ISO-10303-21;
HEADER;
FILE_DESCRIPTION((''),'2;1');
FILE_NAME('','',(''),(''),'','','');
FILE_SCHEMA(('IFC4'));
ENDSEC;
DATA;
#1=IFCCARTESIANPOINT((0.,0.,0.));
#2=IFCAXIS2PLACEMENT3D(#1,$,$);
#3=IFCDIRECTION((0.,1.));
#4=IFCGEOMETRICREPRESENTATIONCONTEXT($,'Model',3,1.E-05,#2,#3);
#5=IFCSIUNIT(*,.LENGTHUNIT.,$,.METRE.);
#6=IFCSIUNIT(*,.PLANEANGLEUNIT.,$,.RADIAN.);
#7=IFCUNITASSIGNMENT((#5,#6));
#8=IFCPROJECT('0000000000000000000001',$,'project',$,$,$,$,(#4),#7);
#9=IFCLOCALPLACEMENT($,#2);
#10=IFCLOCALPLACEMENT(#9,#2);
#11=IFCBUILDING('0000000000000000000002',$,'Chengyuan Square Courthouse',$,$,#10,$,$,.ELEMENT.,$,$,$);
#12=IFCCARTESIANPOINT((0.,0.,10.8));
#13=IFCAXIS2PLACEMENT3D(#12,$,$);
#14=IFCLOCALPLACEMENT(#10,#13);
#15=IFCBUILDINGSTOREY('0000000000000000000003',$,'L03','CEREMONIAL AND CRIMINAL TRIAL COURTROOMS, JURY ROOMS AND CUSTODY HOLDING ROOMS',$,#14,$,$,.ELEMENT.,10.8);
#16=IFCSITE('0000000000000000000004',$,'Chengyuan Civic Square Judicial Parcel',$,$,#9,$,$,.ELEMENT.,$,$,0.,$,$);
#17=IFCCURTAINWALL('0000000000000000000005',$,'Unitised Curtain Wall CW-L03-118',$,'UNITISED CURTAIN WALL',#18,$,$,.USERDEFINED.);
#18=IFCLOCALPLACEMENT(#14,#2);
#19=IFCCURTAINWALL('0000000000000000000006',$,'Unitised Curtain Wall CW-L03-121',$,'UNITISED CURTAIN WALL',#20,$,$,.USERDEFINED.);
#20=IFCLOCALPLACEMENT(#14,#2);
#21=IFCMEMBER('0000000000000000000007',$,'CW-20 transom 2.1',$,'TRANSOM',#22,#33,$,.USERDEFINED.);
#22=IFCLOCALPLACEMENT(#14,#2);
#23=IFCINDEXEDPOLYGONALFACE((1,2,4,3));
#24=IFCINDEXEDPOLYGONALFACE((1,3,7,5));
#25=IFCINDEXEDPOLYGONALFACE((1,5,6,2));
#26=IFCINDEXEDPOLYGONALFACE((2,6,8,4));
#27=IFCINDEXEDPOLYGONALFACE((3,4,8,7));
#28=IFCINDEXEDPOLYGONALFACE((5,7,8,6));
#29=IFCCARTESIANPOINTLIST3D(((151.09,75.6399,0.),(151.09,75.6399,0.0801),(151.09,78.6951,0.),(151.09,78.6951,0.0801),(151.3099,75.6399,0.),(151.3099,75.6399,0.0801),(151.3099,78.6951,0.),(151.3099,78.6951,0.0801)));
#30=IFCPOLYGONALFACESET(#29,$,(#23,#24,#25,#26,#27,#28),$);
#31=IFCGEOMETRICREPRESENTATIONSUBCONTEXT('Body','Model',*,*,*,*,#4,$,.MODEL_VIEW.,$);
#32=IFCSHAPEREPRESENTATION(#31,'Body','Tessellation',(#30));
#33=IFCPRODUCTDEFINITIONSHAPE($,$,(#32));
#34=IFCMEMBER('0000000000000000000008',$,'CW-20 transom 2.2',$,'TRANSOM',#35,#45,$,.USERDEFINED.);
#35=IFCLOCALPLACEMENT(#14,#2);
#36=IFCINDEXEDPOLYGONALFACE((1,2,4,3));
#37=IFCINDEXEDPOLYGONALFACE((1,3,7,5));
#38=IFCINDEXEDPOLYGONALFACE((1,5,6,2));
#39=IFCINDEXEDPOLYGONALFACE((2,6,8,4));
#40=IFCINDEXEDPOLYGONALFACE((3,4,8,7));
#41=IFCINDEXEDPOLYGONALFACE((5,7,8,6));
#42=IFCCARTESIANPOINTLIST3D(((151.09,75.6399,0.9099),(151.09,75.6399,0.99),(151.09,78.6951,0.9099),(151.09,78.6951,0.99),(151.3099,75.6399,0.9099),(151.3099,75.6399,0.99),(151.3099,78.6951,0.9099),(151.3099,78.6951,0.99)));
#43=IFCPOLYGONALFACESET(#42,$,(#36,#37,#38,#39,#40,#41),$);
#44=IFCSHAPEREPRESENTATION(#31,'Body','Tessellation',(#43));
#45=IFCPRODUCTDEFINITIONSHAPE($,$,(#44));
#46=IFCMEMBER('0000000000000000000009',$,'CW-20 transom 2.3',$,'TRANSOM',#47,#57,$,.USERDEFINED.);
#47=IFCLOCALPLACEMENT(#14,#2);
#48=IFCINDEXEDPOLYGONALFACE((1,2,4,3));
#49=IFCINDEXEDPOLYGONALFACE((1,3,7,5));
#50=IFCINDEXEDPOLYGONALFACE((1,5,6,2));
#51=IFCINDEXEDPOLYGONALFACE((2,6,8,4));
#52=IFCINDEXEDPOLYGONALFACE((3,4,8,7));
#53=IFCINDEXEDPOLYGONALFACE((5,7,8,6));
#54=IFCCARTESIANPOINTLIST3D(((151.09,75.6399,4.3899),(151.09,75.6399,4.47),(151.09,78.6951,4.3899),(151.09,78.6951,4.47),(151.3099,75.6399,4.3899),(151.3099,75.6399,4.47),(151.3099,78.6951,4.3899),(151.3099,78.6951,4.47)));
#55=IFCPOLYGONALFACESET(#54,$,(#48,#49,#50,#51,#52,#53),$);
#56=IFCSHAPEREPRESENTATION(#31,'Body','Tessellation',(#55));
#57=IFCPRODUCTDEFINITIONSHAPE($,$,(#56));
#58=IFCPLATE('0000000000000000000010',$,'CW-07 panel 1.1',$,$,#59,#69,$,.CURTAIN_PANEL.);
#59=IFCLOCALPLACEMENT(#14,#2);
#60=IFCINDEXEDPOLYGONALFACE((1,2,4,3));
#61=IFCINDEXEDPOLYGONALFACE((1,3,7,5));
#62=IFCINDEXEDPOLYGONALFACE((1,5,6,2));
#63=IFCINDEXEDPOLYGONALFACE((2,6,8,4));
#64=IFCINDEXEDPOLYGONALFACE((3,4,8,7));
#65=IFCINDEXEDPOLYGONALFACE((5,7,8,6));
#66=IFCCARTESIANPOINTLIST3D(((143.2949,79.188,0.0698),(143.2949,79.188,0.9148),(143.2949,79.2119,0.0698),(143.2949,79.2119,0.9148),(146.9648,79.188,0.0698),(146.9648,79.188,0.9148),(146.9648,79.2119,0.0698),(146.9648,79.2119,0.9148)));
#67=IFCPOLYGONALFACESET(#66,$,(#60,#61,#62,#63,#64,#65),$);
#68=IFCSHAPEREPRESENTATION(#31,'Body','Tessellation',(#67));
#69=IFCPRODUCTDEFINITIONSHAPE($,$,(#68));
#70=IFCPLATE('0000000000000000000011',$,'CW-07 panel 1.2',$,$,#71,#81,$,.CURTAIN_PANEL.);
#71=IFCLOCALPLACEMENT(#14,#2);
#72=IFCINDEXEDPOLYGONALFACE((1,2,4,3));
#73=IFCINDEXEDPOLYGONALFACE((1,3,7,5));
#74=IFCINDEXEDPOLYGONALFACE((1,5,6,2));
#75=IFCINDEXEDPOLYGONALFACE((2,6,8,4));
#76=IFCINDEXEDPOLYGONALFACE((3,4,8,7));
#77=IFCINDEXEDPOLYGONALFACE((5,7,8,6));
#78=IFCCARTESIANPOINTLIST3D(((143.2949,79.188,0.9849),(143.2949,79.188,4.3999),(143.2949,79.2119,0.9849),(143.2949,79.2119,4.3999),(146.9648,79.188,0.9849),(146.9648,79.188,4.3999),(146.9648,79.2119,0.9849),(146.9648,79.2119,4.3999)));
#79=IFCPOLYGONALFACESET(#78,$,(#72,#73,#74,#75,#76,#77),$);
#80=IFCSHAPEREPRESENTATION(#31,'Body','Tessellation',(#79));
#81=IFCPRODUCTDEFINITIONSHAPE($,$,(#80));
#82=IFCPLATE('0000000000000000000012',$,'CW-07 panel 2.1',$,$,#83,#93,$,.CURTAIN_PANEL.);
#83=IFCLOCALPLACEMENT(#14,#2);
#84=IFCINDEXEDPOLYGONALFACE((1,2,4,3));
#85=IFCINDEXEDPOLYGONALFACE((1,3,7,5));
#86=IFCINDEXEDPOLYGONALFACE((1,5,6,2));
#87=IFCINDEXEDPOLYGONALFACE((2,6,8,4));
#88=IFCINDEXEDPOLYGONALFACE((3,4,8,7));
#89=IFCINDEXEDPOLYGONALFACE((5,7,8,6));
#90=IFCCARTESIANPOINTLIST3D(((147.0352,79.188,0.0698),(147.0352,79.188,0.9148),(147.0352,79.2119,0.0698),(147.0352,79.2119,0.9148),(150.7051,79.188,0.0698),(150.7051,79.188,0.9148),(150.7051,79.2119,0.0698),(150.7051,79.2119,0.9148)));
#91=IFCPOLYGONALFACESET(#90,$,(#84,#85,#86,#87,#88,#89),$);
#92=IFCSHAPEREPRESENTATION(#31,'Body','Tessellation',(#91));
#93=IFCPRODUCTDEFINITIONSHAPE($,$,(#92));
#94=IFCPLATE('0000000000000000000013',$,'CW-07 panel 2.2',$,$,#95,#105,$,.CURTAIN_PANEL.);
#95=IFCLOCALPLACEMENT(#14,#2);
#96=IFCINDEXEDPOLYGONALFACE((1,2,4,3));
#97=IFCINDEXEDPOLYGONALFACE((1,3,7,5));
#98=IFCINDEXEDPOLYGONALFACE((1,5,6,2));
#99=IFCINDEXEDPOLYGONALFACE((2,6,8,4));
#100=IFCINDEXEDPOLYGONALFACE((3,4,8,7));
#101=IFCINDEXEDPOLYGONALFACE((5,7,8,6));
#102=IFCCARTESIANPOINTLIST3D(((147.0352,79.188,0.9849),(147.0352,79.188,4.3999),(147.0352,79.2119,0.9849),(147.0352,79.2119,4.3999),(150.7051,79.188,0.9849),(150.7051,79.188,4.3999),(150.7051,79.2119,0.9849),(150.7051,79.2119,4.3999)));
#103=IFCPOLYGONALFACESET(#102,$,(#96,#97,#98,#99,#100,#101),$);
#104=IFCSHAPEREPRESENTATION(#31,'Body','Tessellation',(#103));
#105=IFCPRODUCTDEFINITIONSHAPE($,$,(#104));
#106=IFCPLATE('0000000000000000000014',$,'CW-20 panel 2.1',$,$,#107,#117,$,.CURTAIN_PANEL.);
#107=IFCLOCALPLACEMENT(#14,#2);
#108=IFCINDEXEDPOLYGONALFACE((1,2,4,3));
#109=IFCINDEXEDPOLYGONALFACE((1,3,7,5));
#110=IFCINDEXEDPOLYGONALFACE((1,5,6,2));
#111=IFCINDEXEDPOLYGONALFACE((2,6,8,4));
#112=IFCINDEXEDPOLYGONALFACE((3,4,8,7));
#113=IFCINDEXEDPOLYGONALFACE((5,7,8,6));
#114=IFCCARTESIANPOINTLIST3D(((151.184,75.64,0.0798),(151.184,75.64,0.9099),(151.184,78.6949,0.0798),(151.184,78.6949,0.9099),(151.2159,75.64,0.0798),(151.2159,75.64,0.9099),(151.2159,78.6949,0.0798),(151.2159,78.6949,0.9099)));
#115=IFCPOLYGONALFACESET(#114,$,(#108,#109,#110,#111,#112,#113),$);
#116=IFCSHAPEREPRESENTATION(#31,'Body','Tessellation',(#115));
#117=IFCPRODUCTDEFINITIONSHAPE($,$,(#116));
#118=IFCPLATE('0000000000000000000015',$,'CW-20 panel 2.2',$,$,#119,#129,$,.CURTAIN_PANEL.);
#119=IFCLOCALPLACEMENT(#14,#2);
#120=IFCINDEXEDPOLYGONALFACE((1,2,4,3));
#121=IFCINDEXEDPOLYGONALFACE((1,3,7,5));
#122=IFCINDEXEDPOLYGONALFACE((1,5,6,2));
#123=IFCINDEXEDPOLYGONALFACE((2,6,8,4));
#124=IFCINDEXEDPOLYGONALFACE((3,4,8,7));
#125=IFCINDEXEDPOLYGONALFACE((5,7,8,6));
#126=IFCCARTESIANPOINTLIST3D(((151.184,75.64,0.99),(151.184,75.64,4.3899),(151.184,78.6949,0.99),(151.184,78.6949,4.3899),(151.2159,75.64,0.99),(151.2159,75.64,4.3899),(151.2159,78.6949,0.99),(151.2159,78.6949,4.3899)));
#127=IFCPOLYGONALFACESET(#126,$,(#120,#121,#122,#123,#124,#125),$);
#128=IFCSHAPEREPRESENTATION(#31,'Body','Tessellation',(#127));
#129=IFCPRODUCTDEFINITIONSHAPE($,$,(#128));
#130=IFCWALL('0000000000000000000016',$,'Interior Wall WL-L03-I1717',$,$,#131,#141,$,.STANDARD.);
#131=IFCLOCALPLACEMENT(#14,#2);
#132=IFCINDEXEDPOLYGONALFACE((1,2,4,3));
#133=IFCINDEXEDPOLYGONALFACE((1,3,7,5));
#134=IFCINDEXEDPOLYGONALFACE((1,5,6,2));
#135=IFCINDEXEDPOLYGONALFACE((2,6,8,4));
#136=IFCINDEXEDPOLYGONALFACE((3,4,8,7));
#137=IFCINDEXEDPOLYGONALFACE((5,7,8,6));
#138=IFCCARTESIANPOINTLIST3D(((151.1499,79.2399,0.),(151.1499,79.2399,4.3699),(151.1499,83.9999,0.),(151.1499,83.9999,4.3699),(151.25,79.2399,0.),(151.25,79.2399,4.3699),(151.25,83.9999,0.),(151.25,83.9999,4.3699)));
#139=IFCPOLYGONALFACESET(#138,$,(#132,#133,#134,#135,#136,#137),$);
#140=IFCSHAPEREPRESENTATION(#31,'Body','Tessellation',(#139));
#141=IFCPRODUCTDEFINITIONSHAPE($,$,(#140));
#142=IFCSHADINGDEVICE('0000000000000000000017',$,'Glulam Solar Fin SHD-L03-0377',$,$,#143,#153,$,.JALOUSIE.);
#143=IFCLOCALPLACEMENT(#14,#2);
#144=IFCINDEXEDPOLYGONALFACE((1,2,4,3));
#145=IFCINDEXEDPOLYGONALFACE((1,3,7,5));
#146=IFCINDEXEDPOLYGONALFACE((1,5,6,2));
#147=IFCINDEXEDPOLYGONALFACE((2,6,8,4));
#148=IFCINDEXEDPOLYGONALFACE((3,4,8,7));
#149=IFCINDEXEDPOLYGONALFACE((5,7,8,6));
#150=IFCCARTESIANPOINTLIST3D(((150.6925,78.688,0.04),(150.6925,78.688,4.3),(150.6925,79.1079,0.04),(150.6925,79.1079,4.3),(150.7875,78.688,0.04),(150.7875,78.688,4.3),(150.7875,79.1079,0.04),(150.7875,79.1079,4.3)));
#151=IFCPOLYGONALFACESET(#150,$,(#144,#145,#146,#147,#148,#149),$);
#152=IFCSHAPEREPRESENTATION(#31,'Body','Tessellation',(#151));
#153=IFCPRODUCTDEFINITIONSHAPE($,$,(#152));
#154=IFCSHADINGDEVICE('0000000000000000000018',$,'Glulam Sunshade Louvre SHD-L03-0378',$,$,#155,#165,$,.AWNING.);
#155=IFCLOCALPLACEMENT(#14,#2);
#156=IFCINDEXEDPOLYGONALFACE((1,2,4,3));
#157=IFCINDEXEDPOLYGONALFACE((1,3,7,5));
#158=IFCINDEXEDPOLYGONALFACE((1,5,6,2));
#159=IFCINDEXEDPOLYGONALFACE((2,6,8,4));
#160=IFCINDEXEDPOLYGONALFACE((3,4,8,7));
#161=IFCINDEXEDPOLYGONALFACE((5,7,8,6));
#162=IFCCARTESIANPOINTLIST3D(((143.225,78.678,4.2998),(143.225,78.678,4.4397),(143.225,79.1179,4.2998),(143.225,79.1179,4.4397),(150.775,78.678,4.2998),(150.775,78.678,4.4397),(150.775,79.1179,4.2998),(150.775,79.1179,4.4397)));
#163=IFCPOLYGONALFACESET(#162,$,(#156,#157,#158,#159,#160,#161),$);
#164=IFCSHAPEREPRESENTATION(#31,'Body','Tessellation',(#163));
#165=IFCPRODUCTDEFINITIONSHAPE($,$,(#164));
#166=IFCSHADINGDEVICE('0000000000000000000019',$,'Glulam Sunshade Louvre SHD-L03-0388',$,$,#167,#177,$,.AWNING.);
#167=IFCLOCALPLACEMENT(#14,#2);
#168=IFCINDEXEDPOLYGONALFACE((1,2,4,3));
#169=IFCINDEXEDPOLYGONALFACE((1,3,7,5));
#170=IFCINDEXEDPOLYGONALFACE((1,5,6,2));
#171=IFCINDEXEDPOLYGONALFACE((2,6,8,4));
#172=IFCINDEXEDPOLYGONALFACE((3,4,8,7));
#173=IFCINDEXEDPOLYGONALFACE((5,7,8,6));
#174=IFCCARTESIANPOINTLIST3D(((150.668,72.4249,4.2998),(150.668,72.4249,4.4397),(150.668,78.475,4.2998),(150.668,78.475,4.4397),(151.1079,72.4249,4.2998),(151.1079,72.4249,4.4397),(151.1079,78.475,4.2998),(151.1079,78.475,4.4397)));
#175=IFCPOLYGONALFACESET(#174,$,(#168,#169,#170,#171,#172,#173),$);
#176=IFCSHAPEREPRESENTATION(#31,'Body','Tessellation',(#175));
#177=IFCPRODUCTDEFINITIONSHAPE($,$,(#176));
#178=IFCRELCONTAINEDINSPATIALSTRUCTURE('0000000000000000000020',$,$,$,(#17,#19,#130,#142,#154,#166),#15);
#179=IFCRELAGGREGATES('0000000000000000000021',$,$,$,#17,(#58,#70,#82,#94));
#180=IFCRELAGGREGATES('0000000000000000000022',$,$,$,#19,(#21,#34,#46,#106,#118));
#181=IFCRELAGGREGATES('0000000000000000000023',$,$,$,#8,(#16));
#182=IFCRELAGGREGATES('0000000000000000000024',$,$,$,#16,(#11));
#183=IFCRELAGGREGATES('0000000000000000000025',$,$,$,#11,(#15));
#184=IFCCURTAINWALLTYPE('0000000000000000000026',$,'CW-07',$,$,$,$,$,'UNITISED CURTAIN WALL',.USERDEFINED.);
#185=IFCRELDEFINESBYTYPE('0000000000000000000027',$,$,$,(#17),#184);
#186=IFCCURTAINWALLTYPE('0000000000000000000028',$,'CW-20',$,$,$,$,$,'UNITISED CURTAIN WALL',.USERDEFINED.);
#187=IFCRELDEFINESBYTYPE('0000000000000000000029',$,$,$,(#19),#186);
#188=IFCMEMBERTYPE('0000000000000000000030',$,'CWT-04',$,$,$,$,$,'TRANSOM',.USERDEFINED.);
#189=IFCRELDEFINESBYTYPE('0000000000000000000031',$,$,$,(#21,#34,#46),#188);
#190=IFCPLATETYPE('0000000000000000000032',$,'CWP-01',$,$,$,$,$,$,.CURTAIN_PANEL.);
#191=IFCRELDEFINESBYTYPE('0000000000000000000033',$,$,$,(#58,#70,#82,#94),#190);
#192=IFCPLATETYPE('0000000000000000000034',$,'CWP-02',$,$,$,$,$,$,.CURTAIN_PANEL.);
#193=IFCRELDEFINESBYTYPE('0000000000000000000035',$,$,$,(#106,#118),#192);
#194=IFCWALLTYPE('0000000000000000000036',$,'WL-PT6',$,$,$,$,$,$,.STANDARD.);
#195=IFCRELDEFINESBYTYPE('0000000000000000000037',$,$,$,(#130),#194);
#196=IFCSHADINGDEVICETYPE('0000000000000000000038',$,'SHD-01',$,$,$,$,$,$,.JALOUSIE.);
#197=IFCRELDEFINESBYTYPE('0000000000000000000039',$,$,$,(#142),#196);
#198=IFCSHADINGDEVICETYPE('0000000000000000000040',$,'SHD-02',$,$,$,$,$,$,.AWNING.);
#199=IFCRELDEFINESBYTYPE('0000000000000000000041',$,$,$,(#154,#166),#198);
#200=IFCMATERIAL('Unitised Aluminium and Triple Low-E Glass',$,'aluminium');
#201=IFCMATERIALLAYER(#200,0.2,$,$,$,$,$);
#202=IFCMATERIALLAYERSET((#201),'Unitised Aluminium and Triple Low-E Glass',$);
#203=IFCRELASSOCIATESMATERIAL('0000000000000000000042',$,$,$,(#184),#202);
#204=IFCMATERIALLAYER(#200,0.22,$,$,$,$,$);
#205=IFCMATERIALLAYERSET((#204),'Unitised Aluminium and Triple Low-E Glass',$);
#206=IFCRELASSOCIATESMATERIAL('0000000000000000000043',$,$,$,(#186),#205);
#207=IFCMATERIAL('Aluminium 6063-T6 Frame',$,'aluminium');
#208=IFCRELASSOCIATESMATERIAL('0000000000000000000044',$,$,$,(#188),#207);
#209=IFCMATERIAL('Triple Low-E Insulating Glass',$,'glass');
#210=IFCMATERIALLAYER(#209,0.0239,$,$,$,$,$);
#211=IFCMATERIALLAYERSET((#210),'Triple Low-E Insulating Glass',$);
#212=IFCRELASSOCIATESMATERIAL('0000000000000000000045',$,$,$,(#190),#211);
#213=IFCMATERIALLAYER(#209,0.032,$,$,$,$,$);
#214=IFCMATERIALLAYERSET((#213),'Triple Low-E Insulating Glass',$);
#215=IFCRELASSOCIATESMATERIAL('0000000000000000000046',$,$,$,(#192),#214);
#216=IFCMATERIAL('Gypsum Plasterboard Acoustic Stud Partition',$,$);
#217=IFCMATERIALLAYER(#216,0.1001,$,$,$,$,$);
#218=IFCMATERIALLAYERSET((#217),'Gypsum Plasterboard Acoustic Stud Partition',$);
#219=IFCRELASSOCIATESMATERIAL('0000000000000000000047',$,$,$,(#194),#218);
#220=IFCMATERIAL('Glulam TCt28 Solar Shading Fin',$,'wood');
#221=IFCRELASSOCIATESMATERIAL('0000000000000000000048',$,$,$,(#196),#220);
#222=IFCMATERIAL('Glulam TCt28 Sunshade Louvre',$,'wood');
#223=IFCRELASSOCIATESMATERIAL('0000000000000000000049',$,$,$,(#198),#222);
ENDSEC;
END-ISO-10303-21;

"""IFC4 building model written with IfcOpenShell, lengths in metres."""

from ifc_helpers import new_model, si_unit, direction, frame, frame_2d, origin, origin_2d, place, context, subcontext, project, spatial, rectangle, extrude, material, layer, layer_set, material_profile, profile_set, type_object, element, aggregate, save


model = new_model("IFC4")

# Units and contexts
model_context = context("Model", 3, precision=1e-05, world=origin(), true_north=direction((0.0, 1.0)))
body_context = subcontext(model_context, "Body", "Model", "MODEL_VIEW")
ifc_project = project(units=[si_unit("LENGTHUNIT", "METRE"), si_unit("PLANEANGLEUNIT", "RADIAN")], contexts=[model_context])

# Site, building, storey
site_placement = place(None, origin())
site = spatial("IfcSite", under=ifc_project, at=site_placement, Name="Chengyuan Civic Square Judicial Parcel", CompositionType="ELEMENT", RefElevation=0.0)
building_placement = place(site_placement, origin())
building = spatial("IfcBuilding", under=site, at=building_placement, Name="Chengyuan Square Courthouse", CompositionType="ELEMENT")
storey_placement = place(building_placement, frame((0.0, 0.0, 10.8)))
storey = spatial("IfcBuildingStorey", under=building, at=storey_placement, Name="L03", Description="CEREMONIAL AND CRIMINAL TRIAL COURTROOMS, JURY ROOMS AND CUSTODY HOLDING ROOMS", CompositionType="ELEMENT", Elevation=10.8)

# Curtain walls
ifc_material_1 = material(Name="Unitised Aluminium and Triple Low-E Glass", Category="aluminium")
ifc_layer_1 = layer(ifc_material_1, 0.2)
ifc_layer_set_1 = layer_set([ifc_layer_1], Name="Unitised Aluminium and Triple Low-E Glass")
curtain_wall_type_1 = type_object("IfcCurtainWallType", Name="CW-07", ElementType="UNITISED CURTAIN WALL", PredefinedType="USERDEFINED", material=ifc_layer_set_1)
curtain_wall_1_placement = place(storey_placement, origin())
curtain_wall_1 = element("IfcCurtainWall", 1, at=curtain_wall_1_placement, inside=storey, type_object=curtain_wall_type_1, Name="Unitised Curtain Wall CW-L03-118", ObjectType="UNITISED CURTAIN WALL", PredefinedType="USERDEFINED")
ifc_material_2 = material(Name="Aluminium 6063-T6 Frame", Category="aluminium")
ifc_layer_2 = layer(ifc_material_1, 0.22)
ifc_layer_set_2 = layer_set([ifc_layer_2], Name="Unitised Aluminium and Triple Low-E Glass")
curtain_wall_type_2 = type_object("IfcCurtainWallType", Name="CW-20", ElementType="UNITISED CURTAIN WALL", PredefinedType="USERDEFINED", material=ifc_layer_set_2)
curtain_wall_2_placement = place(storey_placement, origin())
curtain_wall_2 = element("IfcCurtainWall", 2, at=curtain_wall_2_placement, inside=storey, type_object=curtain_wall_type_2, Name="Unitised Curtain Wall CW-L03-121", ObjectType="UNITISED CURTAIN WALL", PredefinedType="USERDEFINED")

# Members
ifc_material_profile_1 = material_profile(ifc_material_2, rectangle(XDim=0.22, YDim=0.0801, at=origin_2d()), Name="CW-TRN-80x180")
ifc_profile_set_1 = profile_set([ifc_material_profile_1], Name="Aluminium 6063-T6 Frame")
member_type_1 = type_object("IfcMemberType", Name="CWT-04", ElementType="TRANSOM", PredefinedType="USERDEFINED", material=ifc_profile_set_1)
member_1_placement = place(storey_placement, frame((151.2, 75.6399, 0.04), z_axis=(0.0, 1.0, 0.0), x_axis=(-1.0, 0.0, 0.0)))
member_1 = element("IfcMember", 3, at=member_1_placement, type_object=member_type_1, Name="CW-20 transom 2.1", ObjectType="TRANSOM", PredefinedType="USERDEFINED", context=body_context, shape_type="SweptSolid", body=[
    extrude(rectangle(XDim=0.22, YDim=0.0801, at=origin_2d()), origin(), (0.0, 0.0, 1.0), 3.0552),
])
member_2_placement = place(storey_placement, frame((151.2, 75.6399, 0.95), z_axis=(0.0, 1.0, 0.0), x_axis=(-1.0, 0.0, 0.0)))
member_2 = element("IfcMember", 4, at=member_2_placement, type_object=member_type_1, Name="CW-20 transom 2.2", ObjectType="TRANSOM", PredefinedType="USERDEFINED", context=body_context, shape_type="SweptSolid", body=[
    extrude(rectangle(XDim=0.22, YDim=0.0801, at=origin_2d()), origin(), (0.0, 0.0, 1.0), 3.0552),
])
member_3_placement = place(storey_placement, frame((151.2, 75.6399, 4.4299), z_axis=(0.0, 1.0, 0.0), x_axis=(-1.0, 0.0, 0.0)))
member_3 = element("IfcMember", 5, at=member_3_placement, type_object=member_type_1, Name="CW-20 transom 2.3", ObjectType="TRANSOM", PredefinedType="USERDEFINED", context=body_context, shape_type="SweptSolid", body=[
    extrude(rectangle(XDim=0.22, YDim=0.0801, at=origin_2d()), origin(), (0.0, 0.0, 1.0), 3.0552),
])

# Plates
ifc_material_3 = material(Name="Triple Low-E Insulating Glass", Category="glass")
ifc_layer_3 = layer(ifc_material_3, 0.0239)
ifc_layer_set_3 = layer_set([ifc_layer_3], Name="Triple Low-E Insulating Glass")
plate_type_1 = type_object("IfcPlateType", Name="CWP-01", PredefinedType="CURTAIN_PANEL", material=ifc_layer_set_3)
plate_1_placement = place(storey_placement, frame((145.1299, 79.2, 0.0698), z_axis=(0.0, 0.0, 1.0), x_axis=(1.0, 0.0, 0.0)))
plate_1 = element("IfcPlate", 6, at=plate_1_placement, type_object=plate_type_1, Name="CW-07 panel 1.1", PredefinedType="CURTAIN_PANEL", context=body_context, shape_type="SweptSolid", body=[
    extrude(rectangle(XDim=3.6699, YDim=0.0239, at=origin_2d()), origin(), (0.0, 0.0, 1.0), 0.845),
])
plate_2_placement = place(storey_placement, frame((145.1299, 79.2, 0.9849), z_axis=(0.0, 0.0, 1.0), x_axis=(1.0, 0.0, 0.0)))
plate_2 = element("IfcPlate", 7, at=plate_2_placement, type_object=plate_type_1, Name="CW-07 panel 1.2", PredefinedType="CURTAIN_PANEL", context=body_context, shape_type="SweptSolid", body=[
    extrude(rectangle(XDim=3.6699, YDim=0.0239, at=origin_2d()), origin(), (0.0, 0.0, 1.0), 3.415),
])
plate_3_placement = place(storey_placement, frame((148.8701, 79.2, 0.0698), z_axis=(0.0, 0.0, 1.0), x_axis=(1.0, 0.0, 0.0)))
plate_3 = element("IfcPlate", 8, at=plate_3_placement, type_object=plate_type_1, Name="CW-07 panel 2.1", PredefinedType="CURTAIN_PANEL", context=body_context, shape_type="SweptSolid", body=[
    extrude(rectangle(XDim=3.6699, YDim=0.0239, at=origin_2d()), origin(), (0.0, 0.0, 1.0), 0.845),
])
plate_4_placement = place(storey_placement, frame((148.8701, 79.2, 0.9849), z_axis=(0.0, 0.0, 1.0), x_axis=(1.0, 0.0, 0.0)))
plate_4 = element("IfcPlate", 9, at=plate_4_placement, type_object=plate_type_1, Name="CW-07 panel 2.2", PredefinedType="CURTAIN_PANEL", context=body_context, shape_type="SweptSolid", body=[
    extrude(rectangle(XDim=3.6699, YDim=0.0239, at=origin_2d()), origin(), (0.0, 0.0, 1.0), 3.415),
])
aggregate(curtain_wall_1, [plate_1, plate_2, plate_3, plate_4])
ifc_layer_4 = layer(ifc_material_3, 0.032)
ifc_layer_set_4 = layer_set([ifc_layer_4], Name="Triple Low-E Insulating Glass")
plate_type_2 = type_object("IfcPlateType", Name="CWP-02", PredefinedType="CURTAIN_PANEL", material=ifc_layer_set_4)
plate_5_placement = place(storey_placement, frame((151.2, 77.1675, 0.0798), z_axis=(0.0, 0.0, 1.0), x_axis=(0.0, 1.0, 0.0)))
plate_5 = element("IfcPlate", 10, at=plate_5_placement, type_object=plate_type_2, Name="CW-20 panel 2.1", PredefinedType="CURTAIN_PANEL", context=body_context, shape_type="SweptSolid", body=[
    extrude(rectangle(XDim=3.0549, YDim=0.032, at=origin_2d()), origin(), (0.0, 0.0, 1.0), 0.8301),
])
plate_6_placement = place(storey_placement, frame((151.2, 77.1675, 0.99), z_axis=(0.0, 0.0, 1.0), x_axis=(0.0, 1.0, 0.0)))
plate_6 = element("IfcPlate", 11, at=plate_6_placement, type_object=plate_type_2, Name="CW-20 panel 2.2", PredefinedType="CURTAIN_PANEL", context=body_context, shape_type="SweptSolid", body=[
    extrude(rectangle(XDim=3.0549, YDim=0.032, at=origin_2d()), origin(), (0.0, 0.0, 1.0), 3.3999),
])
aggregate(curtain_wall_2, [member_1, member_2, member_3, plate_5, plate_6])

# Wall
ifc_material_4 = material(Name="Gypsum Plasterboard Acoustic Stud Partition")
ifc_layer_5 = layer(ifc_material_4, 0.1001)
ifc_layer_set_5 = layer_set([ifc_layer_5], Name="Gypsum Plasterboard Acoustic Stud Partition")
wall_type = type_object("IfcWallType", Name="WL-PT6", PredefinedType="STANDARD", material=ifc_layer_set_5)
wall_placement = place(storey_placement, frame((151.2, 79.24, 0.0), z_axis=(0.0, 0.0, 1.0), x_axis=(0.0, 1.0, 0.0)))
element("IfcWall", 12, at=wall_placement, inside=storey, type_object=wall_type, Name="Interior Wall WL-L03-I1717", PredefinedType="STANDARD", context=body_context, shape_type="SweptSolid", body=[
    extrude(rectangle(XDim=4.76, YDim=0.1001, at=frame_2d((2.3799, 0.0))), origin(), (0.0, 0.0, 1.0), 4.3699),
])

# Shading devices
ifc_material_5 = material(Name="Glulam TCt28 Solar Shading Fin", Category="wood")
shading_device_type_1 = type_object("IfcShadingDeviceType", Name="SHD-01", PredefinedType="JALOUSIE", material=ifc_material_5)
shading_device_1_placement = place(storey_placement, frame((150.74, 78.8979, 0.04), z_axis=(0.0, 0.0, 1.0), x_axis=(0.0, 1.0, 0.0)))
element("IfcShadingDevice", 13, at=shading_device_1_placement, inside=storey, type_object=shading_device_type_1, Name="Glulam Solar Fin SHD-L03-0377", PredefinedType="JALOUSIE", context=body_context, shape_type="SweptSolid", body=[
    extrude(rectangle(XDim=0.4199, YDim=0.095, at=origin_2d()), origin(), (0.0, 0.0, 1.0), 4.26),
])
ifc_material_6 = material(Name="Glulam TCt28 Sunshade Louvre", Category="wood")
shading_device_type_2 = type_object("IfcShadingDeviceType", Name="SHD-02", PredefinedType="AWNING", material=ifc_material_6)
shading_device_2_placement = place(storey_placement, frame((147.0, 78.8979, 4.2998), z_axis=(0.0, 0.0, 1.0), x_axis=(1.0, 0.0, 0.0)))
element("IfcShadingDevice", 14, at=shading_device_2_placement, inside=storey, type_object=shading_device_type_2, Name="Glulam Sunshade Louvre SHD-L03-0378", PredefinedType="AWNING", context=body_context, shape_type="SweptSolid", body=[
    extrude(rectangle(XDim=7.55, YDim=0.4399, at=origin_2d()), origin(), (0.0, 0.0, 1.0), 0.1399),
])
shading_device_3_placement = place(storey_placement, frame((150.8879, 75.45, 4.2998), z_axis=(0.0, 0.0, 1.0), x_axis=(0.0, 1.0, 0.0)))
element("IfcShadingDevice", 15, at=shading_device_3_placement, inside=storey, type_object=shading_device_type_2, Name="Glulam Sunshade Louvre SHD-L03-0388", PredefinedType="AWNING", context=body_context, shape_type="SweptSolid", body=[
    extrude(rectangle(XDim=6.05, YDim=0.4399, at=origin_2d()), origin(), (0.0, 0.0, 1.0), 0.1399),
])

save(model, "model.ifc")
